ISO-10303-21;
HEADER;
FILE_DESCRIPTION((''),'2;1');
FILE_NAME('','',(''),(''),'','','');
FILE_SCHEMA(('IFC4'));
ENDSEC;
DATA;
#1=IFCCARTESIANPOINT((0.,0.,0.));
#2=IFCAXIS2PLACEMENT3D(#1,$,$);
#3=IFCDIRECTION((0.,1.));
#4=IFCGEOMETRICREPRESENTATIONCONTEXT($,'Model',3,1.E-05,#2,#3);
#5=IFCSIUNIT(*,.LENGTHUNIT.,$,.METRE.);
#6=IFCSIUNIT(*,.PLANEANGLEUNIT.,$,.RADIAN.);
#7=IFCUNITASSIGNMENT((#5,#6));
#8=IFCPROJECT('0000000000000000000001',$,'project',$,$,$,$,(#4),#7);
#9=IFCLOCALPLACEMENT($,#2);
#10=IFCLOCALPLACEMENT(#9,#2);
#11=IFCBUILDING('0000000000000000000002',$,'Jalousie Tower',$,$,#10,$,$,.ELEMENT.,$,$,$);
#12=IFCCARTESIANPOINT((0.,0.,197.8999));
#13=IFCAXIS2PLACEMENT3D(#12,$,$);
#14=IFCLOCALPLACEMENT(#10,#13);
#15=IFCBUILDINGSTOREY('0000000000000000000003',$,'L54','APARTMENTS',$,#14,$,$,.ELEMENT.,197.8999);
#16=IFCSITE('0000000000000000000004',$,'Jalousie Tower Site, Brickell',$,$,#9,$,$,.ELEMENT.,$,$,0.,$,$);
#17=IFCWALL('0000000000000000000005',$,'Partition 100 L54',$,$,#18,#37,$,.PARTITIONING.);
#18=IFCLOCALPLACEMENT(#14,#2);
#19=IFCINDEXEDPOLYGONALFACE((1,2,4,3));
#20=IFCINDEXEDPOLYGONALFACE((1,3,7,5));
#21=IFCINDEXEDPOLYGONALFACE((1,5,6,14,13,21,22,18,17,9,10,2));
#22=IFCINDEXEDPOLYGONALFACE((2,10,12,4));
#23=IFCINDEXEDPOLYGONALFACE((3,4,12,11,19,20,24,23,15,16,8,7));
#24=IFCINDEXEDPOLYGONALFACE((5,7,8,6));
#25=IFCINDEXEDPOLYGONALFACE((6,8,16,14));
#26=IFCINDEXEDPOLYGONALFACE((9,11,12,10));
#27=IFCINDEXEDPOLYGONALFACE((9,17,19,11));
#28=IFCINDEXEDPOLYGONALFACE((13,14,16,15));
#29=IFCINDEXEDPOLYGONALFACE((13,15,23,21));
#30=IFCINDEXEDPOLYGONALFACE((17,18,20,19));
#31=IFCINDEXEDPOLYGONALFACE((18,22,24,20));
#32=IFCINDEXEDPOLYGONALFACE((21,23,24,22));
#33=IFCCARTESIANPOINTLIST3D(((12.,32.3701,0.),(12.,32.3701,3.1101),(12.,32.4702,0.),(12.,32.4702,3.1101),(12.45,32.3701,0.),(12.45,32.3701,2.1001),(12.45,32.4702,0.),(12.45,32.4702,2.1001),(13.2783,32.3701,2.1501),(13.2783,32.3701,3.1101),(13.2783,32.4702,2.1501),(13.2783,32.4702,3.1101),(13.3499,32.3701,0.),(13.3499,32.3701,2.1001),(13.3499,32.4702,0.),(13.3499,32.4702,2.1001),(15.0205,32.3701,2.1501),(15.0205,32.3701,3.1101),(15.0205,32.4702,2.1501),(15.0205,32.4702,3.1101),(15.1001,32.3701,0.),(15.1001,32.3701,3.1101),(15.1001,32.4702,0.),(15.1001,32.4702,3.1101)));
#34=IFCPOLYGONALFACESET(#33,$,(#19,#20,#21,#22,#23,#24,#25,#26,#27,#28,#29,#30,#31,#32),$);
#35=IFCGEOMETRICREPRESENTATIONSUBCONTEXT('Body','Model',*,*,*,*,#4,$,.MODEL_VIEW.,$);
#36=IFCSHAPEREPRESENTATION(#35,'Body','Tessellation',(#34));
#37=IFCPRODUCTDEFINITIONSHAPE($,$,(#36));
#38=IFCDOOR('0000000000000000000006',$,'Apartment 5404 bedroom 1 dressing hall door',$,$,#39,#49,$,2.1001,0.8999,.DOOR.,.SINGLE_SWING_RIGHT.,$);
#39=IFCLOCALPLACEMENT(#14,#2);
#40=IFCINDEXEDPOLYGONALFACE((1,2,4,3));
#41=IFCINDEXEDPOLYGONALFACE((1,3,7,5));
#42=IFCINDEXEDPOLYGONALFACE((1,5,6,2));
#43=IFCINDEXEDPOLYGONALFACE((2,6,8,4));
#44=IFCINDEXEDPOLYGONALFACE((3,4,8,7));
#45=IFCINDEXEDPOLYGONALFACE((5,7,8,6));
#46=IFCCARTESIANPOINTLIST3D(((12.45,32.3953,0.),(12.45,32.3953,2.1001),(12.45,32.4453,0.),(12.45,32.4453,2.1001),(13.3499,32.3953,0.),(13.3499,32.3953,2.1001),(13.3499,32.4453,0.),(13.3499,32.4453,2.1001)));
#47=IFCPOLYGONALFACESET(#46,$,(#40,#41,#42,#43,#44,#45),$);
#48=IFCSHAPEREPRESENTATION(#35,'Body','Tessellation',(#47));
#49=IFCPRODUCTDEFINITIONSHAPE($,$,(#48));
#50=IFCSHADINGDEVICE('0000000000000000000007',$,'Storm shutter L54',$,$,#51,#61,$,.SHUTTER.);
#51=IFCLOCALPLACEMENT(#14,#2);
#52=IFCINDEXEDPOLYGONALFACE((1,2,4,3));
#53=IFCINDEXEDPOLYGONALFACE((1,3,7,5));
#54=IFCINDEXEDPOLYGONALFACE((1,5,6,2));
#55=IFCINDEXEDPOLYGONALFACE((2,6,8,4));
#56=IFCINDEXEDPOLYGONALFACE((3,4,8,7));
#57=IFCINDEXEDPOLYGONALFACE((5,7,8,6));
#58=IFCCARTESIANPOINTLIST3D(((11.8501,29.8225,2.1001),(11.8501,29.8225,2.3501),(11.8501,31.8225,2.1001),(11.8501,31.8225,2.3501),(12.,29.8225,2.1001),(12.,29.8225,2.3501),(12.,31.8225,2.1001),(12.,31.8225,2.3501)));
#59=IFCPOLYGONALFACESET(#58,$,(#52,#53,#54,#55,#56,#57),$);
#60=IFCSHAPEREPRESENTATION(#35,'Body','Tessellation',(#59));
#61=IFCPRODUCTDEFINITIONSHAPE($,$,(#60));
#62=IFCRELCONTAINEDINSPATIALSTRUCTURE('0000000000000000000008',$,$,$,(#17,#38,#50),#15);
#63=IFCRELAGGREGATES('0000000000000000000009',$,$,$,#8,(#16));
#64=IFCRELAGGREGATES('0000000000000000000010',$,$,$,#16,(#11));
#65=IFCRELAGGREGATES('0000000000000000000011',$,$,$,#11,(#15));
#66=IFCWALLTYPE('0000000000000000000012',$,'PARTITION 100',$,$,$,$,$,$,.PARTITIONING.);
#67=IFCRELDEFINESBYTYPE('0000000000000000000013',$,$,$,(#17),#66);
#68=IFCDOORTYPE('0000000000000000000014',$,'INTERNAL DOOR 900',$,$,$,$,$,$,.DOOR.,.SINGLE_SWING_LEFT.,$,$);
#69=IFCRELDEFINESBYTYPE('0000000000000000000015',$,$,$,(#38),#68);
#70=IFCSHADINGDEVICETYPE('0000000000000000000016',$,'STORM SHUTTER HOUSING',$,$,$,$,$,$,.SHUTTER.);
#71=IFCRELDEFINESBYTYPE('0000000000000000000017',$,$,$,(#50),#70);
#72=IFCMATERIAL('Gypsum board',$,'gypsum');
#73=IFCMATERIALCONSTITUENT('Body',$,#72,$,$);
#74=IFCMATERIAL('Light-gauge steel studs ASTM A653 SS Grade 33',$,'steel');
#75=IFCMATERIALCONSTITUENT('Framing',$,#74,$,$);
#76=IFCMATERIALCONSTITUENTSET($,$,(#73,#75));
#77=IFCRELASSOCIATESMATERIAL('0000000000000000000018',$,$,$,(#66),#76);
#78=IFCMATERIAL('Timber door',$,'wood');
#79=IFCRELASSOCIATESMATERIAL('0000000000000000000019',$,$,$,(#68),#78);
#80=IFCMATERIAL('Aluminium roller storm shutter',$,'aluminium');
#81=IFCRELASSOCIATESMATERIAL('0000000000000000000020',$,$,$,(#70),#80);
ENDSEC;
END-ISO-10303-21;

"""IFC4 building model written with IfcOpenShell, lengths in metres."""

from ifc_helpers import new_model, si_unit, direction, frame, frame_2d, origin, origin_2d, place, context, subcontext, project, spatial, polyline, rectangle, outline, extrude, material, constituent, constituent_set, type_object, element, fill, save


model = new_model("IFC4")

# Units and contexts
model_context = context("Model", 3, precision=1e-05, world=origin(), true_north=direction((0.0, 1.0)))
body_context = subcontext(model_context, "Body", "Model", "MODEL_VIEW")
ifc_project = project(units=[si_unit("LENGTHUNIT", "METRE"), si_unit("PLANEANGLEUNIT", "RADIAN")], contexts=[model_context])

# Site, building, storey
site_placement = place(None, origin())
site = spatial("IfcSite", under=ifc_project, at=site_placement, Name="Jalousie Tower Site, Brickell", CompositionType="ELEMENT", RefElevation=0.0)
building_placement = place(site_placement, origin())
building = spatial("IfcBuilding", under=site, at=building_placement, Name="Jalousie Tower", CompositionType="ELEMENT")
storey_placement = place(building_placement, frame((0.0, 0.0, 197.8999)))
storey = spatial("IfcBuildingStorey", under=building, at=storey_placement, Name="L54", Description="APARTMENTS", CompositionType="ELEMENT", Elevation=197.8999)

# Wall, opening, door
ifc_material_1 = material(Name="Gypsum board", Category="gypsum")
ifc_constituent_1 = constituent(ifc_material_1, Name="Body")
ifc_material_2 = material(Name="Light-gauge steel studs ASTM A653 SS Grade 33", Category="steel")
ifc_constituent_2 = constituent(ifc_material_2, Name="Framing")
ifc_constituent_set_1 = constituent_set(constituents=[ifc_constituent_1, ifc_constituent_2])
wall_type_1 = type_object("IfcWallType", Name="PARTITION 100", PredefinedType="PARTITIONING", material=ifc_constituent_set_1)
wall_1_placement = place(storey_placement, frame((12.0, 32.4202, 0.0), z_axis=(0.0, 0.0, 1.0), x_axis=(1.0, 0.0, 0.0)))
wall_1 = element("IfcWall", 1, at=wall_1_placement, inside=storey, type_object=wall_type_1, Name="Partition 100 L54", PredefinedType="PARTITIONING", context=body_context, shape_type="SweptSolid", body=[
    extrude(outline(polyline([(0.0, 0.0), (3.1001, 0.0), (3.1001, 3.1101), (3.0205, 3.1101), (3.0205, 2.1501), (1.2783, 2.1501), (1.2783, 3.1101), (0.0, 3.1101), (0.0, 0.0)])), frame((0.0, 0.05, 0.0), z_axis=(0.0, -1.0, 0.0), x_axis=(1.0, 0.0, 0.0)), (0.0, 0.0, 1.0), 0.1001),
])
opening_1_placement = place(wall_1_placement, frame((0.45, 0.0, 0.0)))
opening_1 = element("IfcOpeningElement", 2, at=opening_1_placement, cuts=wall_1, PredefinedType="OPENING", context=body_context, shape_type="SweptSolid", body=[
    extrude(rectangle(XDim=0.8999, YDim=2.1001, at=frame_2d((0.45, 1.05))), frame((0.0, 0.0601, 0.0), z_axis=(0.0, -1.0, 0.0), x_axis=(1.0, 0.0, 0.0)), (0.0, 0.0, 1.0), 0.1201),
])
ifc_material_3 = material(Name="Timber door", Category="wood")
door_type_1 = type_object("IfcDoorType", Name="INTERNAL DOOR 900", OperationType="SINGLE_SWING_LEFT", PredefinedType="DOOR", material=ifc_material_3)
door_1_placement = place(opening_1_placement, frame((0.8999, 0.0, 0.0), z_axis=(0.0, 0.0, 1.0), x_axis=(-1.0, 0.0, 0.0)))
door_1 = element("IfcDoor", 3, at=door_1_placement, inside=storey, type_object=door_type_1, Name="Apartment 5404 bedroom 1 dressing hall door", OperationType="SINGLE_SWING_RIGHT", OverallHeight=2.1001, OverallWidth=0.8999, PredefinedType="DOOR", context=body_context, shape_type="SweptSolid", body=[
    extrude(rectangle(XDim=0.8999, YDim=2.1001, at=frame_2d((0.45, 1.05))), frame((0.0, 0.0249, 0.0), z_axis=(0.0, -1.0, 0.0), x_axis=(1.0, 0.0, 0.0)), (0.0, 0.0, 1.0), 0.05),
])
fill(opening_1, door_1)

# Shading device
ifc_material_4 = material(Name="Aluminium roller storm shutter", Category="aluminium")
shading_device_type = type_object("IfcShadingDeviceType", Name="STORM SHUTTER HOUSING", PredefinedType="SHUTTER", material=ifc_material_4)
shading_device_placement = place(storey_placement, frame((11.925, 30.8225, 2.1001), z_axis=(0.0, 0.0, 1.0), x_axis=(0.0, -1.0, 0.0)))
element("IfcShadingDevice", 4, at=shading_device_placement, inside=storey, type_object=shading_device_type, Name="Storm shutter L54", PredefinedType="SHUTTER", context=body_context, shape_type="SweptSolid", body=[
    extrude(rectangle(XDim=2.0, YDim=0.1499, at=origin_2d()), origin(), (0.0, 0.0, 1.0), 0.25),
])

save(model, "model.ifc")
